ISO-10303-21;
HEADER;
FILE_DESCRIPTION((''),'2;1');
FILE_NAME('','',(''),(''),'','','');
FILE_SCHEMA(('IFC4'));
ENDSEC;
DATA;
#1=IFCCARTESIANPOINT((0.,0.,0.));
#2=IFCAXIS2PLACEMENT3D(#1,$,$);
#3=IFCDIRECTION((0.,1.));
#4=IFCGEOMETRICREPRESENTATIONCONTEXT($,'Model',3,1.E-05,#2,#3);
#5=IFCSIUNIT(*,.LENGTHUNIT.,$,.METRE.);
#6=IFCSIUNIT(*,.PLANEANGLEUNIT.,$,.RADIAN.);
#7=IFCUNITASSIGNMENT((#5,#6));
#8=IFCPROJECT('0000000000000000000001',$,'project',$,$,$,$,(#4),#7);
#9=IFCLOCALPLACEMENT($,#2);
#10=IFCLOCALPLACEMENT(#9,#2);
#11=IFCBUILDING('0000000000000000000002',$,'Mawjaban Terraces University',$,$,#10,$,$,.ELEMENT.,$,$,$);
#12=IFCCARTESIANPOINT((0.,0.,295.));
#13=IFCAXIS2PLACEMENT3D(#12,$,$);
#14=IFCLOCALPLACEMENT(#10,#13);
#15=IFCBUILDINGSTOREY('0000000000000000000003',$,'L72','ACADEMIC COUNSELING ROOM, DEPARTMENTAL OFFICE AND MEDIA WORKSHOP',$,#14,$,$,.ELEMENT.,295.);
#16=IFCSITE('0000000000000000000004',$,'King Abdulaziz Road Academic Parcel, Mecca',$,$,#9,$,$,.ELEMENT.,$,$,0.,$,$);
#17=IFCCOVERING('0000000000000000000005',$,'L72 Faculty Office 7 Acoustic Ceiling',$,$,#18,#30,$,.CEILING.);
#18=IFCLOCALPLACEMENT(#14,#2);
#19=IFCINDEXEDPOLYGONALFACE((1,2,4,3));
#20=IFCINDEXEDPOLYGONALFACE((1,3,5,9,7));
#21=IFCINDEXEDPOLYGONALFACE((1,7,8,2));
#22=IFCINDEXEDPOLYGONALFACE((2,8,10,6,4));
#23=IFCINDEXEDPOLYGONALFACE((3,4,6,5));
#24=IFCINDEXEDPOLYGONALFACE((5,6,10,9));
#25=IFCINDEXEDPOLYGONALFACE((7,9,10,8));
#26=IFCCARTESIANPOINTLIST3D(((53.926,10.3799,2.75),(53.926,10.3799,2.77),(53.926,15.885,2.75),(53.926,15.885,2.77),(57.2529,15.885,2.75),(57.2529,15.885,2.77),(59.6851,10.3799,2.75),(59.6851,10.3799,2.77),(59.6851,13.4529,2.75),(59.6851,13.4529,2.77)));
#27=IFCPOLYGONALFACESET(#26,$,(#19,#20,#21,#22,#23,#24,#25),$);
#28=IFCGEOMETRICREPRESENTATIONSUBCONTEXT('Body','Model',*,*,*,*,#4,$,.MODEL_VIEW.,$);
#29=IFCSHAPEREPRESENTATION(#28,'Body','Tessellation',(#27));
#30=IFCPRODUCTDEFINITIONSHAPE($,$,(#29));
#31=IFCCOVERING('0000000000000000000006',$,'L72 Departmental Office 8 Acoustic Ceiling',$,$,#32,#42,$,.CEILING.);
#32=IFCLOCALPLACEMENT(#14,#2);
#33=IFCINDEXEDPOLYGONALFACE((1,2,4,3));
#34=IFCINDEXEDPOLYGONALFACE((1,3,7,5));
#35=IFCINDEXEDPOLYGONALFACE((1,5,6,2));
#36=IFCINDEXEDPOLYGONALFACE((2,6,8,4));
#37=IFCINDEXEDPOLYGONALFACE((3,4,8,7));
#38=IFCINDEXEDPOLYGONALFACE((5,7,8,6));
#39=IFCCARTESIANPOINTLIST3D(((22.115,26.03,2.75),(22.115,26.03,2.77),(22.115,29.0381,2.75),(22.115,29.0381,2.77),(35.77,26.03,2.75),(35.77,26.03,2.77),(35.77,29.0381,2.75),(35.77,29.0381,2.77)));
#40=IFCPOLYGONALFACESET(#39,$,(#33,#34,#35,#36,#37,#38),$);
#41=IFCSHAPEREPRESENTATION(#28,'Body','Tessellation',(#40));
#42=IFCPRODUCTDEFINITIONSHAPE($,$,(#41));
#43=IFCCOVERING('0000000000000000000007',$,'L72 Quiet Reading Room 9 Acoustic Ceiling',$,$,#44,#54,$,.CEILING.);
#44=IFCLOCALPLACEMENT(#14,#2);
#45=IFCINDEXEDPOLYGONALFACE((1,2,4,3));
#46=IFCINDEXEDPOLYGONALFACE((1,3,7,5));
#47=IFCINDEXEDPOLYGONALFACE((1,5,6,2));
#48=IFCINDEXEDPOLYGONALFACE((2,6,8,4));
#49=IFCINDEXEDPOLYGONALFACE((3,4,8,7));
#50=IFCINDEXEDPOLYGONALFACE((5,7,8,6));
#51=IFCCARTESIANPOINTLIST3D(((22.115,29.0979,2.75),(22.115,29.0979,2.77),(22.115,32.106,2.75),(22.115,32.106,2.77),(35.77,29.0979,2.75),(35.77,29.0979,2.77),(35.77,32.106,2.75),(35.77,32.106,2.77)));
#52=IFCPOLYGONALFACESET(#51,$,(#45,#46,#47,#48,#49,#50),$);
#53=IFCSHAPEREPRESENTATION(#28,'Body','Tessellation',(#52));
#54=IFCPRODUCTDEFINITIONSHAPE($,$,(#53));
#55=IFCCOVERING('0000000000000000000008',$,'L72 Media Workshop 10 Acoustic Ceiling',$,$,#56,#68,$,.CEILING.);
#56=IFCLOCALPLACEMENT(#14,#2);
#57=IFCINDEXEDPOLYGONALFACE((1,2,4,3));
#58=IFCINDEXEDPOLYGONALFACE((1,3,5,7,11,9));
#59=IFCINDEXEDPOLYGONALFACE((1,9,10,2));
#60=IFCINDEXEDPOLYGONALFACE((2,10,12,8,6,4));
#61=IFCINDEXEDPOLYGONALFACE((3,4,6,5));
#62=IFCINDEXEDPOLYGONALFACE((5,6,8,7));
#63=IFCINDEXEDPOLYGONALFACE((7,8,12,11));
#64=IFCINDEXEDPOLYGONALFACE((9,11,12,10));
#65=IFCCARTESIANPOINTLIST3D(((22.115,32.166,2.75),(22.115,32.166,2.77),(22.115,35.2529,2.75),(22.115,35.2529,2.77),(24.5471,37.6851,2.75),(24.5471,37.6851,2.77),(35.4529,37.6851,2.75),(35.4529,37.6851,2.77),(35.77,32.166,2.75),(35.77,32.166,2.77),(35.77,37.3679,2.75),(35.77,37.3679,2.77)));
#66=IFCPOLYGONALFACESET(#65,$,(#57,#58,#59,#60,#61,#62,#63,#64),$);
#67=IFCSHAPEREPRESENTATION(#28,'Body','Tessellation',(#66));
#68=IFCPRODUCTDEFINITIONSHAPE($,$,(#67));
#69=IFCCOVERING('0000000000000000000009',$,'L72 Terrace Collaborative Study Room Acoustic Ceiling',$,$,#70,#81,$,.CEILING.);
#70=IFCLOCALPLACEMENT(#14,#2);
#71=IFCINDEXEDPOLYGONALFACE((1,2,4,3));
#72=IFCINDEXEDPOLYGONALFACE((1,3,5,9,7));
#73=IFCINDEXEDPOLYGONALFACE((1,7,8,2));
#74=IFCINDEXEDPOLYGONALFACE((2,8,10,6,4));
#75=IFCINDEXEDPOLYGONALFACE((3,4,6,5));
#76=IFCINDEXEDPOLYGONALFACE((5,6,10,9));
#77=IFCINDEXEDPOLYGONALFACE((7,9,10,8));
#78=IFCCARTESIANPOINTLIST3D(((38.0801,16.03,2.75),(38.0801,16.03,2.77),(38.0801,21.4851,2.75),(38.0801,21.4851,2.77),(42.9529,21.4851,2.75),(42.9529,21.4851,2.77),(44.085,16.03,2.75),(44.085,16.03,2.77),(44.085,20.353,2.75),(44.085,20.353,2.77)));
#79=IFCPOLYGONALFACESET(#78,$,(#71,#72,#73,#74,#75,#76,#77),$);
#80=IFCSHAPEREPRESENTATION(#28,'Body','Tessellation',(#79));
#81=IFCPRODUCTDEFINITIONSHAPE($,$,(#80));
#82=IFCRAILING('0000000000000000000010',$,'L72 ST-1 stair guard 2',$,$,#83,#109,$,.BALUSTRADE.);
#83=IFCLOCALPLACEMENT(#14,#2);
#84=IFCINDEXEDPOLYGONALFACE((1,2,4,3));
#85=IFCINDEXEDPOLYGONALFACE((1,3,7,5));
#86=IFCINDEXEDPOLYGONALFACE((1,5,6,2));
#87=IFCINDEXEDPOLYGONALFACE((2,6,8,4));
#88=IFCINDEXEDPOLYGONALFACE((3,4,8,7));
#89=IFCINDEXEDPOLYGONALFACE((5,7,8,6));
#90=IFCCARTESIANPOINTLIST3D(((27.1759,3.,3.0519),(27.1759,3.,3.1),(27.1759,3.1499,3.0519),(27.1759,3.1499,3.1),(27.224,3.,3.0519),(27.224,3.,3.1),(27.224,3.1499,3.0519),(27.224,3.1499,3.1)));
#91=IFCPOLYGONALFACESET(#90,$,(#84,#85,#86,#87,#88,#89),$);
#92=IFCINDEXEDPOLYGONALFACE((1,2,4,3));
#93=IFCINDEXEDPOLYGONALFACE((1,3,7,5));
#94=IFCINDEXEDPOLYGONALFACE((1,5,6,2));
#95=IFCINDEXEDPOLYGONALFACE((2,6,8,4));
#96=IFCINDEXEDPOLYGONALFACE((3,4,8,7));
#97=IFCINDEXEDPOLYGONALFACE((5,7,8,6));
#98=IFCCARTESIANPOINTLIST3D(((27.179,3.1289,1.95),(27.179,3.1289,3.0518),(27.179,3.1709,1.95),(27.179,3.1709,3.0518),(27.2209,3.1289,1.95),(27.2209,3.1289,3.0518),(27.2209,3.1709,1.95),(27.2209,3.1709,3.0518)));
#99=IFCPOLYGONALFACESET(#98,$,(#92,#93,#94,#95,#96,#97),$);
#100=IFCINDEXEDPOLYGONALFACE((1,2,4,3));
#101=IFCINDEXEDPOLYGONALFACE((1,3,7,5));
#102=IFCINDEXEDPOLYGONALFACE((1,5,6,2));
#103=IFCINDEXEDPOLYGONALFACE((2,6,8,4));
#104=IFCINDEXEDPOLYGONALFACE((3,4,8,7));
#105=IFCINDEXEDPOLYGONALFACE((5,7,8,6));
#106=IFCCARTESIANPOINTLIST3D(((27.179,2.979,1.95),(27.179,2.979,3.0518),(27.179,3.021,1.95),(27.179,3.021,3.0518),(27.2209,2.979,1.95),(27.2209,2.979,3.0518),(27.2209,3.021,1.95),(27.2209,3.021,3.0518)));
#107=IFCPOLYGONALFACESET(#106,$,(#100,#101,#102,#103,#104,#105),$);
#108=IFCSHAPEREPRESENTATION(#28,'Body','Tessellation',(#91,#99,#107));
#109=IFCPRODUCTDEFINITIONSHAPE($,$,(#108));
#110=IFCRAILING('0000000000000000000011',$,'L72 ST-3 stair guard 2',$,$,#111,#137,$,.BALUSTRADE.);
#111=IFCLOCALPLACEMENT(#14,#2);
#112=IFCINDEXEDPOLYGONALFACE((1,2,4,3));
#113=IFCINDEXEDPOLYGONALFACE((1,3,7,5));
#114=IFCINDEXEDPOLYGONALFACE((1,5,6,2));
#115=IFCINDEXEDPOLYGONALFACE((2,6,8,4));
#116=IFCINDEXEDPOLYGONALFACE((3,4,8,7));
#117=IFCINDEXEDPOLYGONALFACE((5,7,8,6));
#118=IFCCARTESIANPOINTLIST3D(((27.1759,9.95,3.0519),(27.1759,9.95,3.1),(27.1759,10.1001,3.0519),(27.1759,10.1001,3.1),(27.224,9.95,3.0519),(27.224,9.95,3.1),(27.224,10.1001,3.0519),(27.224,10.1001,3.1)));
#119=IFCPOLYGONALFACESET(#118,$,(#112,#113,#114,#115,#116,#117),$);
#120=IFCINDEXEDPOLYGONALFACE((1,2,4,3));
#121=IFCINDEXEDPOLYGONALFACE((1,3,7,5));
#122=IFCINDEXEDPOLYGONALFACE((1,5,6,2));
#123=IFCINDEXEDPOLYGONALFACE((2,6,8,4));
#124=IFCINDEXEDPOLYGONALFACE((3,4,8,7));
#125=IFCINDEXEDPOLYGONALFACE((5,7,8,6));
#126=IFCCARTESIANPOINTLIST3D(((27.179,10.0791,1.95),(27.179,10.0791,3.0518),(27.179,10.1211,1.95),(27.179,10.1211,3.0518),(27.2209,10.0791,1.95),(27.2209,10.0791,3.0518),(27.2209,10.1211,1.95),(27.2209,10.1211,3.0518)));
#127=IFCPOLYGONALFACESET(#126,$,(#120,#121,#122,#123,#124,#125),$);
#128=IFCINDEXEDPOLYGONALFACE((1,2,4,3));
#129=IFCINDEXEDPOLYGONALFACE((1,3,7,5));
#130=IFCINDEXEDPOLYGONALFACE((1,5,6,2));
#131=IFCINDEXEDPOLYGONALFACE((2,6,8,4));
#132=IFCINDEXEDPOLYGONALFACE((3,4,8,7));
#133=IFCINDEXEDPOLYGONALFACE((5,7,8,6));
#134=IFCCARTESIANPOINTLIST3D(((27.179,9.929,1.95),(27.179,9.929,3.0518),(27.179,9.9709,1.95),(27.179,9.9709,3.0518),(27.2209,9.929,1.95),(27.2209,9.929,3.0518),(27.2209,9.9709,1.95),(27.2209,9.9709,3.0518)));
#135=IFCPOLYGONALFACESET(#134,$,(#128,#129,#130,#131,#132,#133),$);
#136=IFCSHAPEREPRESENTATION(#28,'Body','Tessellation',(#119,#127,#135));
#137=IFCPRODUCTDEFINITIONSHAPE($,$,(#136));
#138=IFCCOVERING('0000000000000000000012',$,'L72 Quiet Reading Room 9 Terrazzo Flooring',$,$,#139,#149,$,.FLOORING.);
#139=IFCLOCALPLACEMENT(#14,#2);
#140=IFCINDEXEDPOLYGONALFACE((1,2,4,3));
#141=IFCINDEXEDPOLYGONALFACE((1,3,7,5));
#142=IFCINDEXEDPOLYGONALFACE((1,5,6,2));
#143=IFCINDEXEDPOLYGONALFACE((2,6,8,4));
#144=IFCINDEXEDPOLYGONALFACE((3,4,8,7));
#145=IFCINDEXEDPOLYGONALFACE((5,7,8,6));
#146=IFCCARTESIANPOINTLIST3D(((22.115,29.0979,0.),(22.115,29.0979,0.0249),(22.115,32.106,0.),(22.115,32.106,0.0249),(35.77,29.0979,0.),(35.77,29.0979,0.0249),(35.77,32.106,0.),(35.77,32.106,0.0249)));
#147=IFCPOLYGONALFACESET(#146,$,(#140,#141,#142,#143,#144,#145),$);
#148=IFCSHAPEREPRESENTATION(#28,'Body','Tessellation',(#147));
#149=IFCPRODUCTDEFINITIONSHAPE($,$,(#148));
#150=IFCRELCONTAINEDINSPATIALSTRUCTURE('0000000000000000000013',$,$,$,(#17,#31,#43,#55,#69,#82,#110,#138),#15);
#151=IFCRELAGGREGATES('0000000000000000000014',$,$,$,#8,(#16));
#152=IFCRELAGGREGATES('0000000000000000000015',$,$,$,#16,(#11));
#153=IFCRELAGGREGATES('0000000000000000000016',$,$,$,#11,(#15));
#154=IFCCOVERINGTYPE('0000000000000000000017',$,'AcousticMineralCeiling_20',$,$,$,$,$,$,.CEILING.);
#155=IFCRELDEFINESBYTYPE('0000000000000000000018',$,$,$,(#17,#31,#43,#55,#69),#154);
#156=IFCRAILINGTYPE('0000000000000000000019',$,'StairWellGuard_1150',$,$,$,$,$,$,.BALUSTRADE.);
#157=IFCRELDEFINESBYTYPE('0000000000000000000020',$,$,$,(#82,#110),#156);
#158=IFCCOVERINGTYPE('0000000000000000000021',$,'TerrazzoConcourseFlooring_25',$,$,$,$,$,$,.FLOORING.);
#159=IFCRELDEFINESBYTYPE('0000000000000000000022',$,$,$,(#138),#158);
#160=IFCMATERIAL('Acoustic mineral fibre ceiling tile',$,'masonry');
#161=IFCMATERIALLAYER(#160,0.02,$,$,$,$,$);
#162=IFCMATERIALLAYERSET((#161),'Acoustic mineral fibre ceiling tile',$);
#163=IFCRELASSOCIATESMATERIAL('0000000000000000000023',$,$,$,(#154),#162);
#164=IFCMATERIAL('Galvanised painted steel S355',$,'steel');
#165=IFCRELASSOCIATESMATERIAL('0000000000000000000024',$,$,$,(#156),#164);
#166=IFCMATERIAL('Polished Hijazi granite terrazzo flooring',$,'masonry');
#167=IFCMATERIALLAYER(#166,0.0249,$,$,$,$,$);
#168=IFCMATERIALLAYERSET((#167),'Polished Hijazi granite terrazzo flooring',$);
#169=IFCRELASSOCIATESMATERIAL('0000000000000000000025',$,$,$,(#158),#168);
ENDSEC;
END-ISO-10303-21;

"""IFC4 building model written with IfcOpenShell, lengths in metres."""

from ifc_helpers import new_model, si_unit, direction, frame, origin, origin_2d, place, context, subcontext, project, spatial, polyline, rectangle, outline, extrude, material, layer, layer_set, type_object, element, save


model = new_model("IFC4")

# Units and contexts
model_context = context("Model", 3, precision=1e-05, world=origin(), true_north=direction((0.0, 1.0)))
body_context = subcontext(model_context, "Body", "Model", "MODEL_VIEW")
ifc_project = project(units=[si_unit("LENGTHUNIT", "METRE"), si_unit("PLANEANGLEUNIT", "RADIAN")], contexts=[model_context])

# Site, building, storey
site_placement = place(None, origin())
site = spatial("IfcSite", under=ifc_project, at=site_placement, Name="King Abdulaziz Road Academic Parcel, Mecca", CompositionType="ELEMENT", RefElevation=0.0)
building_placement = place(site_placement, origin())
building = spatial("IfcBuilding", under=site, at=building_placement, Name="Mawjaban Terraces University", CompositionType="ELEMENT")
storey_placement = place(building_placement, frame((0.0, 0.0, 295.0)))
storey = spatial("IfcBuildingStorey", under=building, at=storey_placement, Name="L72", Description="ACADEMIC COUNSELING ROOM, DEPARTMENTAL OFFICE AND MEDIA WORKSHOP", CompositionType="ELEMENT", Elevation=295.0)

# Coverings
ifc_material_1 = material(Name="Acoustic mineral fibre ceiling tile", Category="masonry")
ifc_layer_1 = layer(ifc_material_1, 0.02)
ifc_layer_set_1 = layer_set([ifc_layer_1], Name="Acoustic mineral fibre ceiling tile")
covering_type_1 = type_object("IfcCoveringType", Name="AcousticMineralCeiling_20", PredefinedType="CEILING", material=ifc_layer_set_1)
covering_1_placement = place(storey_placement, frame((0.0, 0.0, 2.75)))
element("IfcCovering", 1, at=covering_1_placement, inside=storey, type_object=covering_type_1, Name="L72 Faculty Office 7 Acoustic Ceiling", PredefinedType="CEILING", context=body_context, shape_type="SweptSolid", body=[
    extrude(outline(polyline([(59.6851, 10.3799), (59.6851, 13.4529), (57.2529, 15.885), (53.926, 15.885), (53.926, 10.3799), (59.6851, 10.3799)])), origin(), (0.0, 0.0, 1.0), 0.02),
])
covering_2_placement = place(storey_placement, frame((0.0, 0.0, 2.75)))
element("IfcCovering", 2, at=covering_2_placement, inside=storey, type_object=covering_type_1, Name="L72 Departmental Office 8 Acoustic Ceiling", PredefinedType="CEILING", context=body_context, shape_type="SweptSolid", body=[
    extrude(outline(polyline([(22.115, 29.0381), (22.115, 26.03), (35.77, 26.03), (35.77, 29.0381), (22.115, 29.0381)])), origin(), (0.0, 0.0, 1.0), 0.02),
])
covering_3_placement = place(storey_placement, frame((0.0, 0.0, 2.75)))
element("IfcCovering", 3, at=covering_3_placement, inside=storey, type_object=covering_type_1, Name="L72 Quiet Reading Room 9 Acoustic Ceiling", PredefinedType="CEILING", context=body_context, shape_type="SweptSolid", body=[
    extrude(outline(polyline([(22.115, 32.106), (22.115, 29.0979), (35.77, 29.0979), (35.77, 32.106), (22.115, 32.106)])), origin(), (0.0, 0.0, 1.0), 0.02),
])
covering_4_placement = place(storey_placement, frame((0.0, 0.0, 2.75)))
element("IfcCovering", 4, at=covering_4_placement, inside=storey, type_object=covering_type_1, Name="L72 Media Workshop 10 Acoustic Ceiling", PredefinedType="CEILING", context=body_context, shape_type="SweptSolid", body=[
    extrude(outline(polyline([(35.77, 37.3679), (35.4529, 37.6851), (24.5471, 37.6851), (22.115, 35.2529), (22.115, 32.166), (35.77, 32.166), (35.77, 37.3679)])), origin(), (0.0, 0.0, 1.0), 0.02),
])
covering_5_placement = place(storey_placement, frame((0.0, 0.0, 2.75)))
element("IfcCovering", 5, at=covering_5_placement, inside=storey, type_object=covering_type_1, Name="L72 Terrace Collaborative Study Room Acoustic Ceiling", PredefinedType="CEILING", context=body_context, shape_type="SweptSolid", body=[
    extrude(outline(polyline([(44.085, 16.03), (44.085, 20.353), (42.9529, 21.4851), (38.0801, 21.4851), (38.0801, 16.03), (44.085, 16.03)])), origin(), (0.0, 0.0, 1.0), 0.02),
])

# Railings
ifc_material_2 = material(Name="Galvanised painted steel S355", Category="steel")
railing_type = type_object("IfcRailingType", Name="StairWellGuard_1150", PredefinedType="BALUSTRADE", material=ifc_material_2)
railing_1_placement = place(storey_placement, frame((27.2, 3.1499, 1.95)))
element("IfcRailing", 6, at=railing_1_placement, inside=storey, type_object=railing_type, Name="L72 ST-1 stair guard 2", PredefinedType="BALUSTRADE", context=body_context, shape_type="SweptSolid", body=[
    extrude(rectangle(XDim=0.0481, YDim=0.0481, at=origin_2d()), frame((0.0, 0.0, 1.126), z_axis=(0.0, -1.0, 0.0), x_axis=(1.0, 0.0, 0.0)), (0.0, 0.0, 1.0), 0.1499),
    extrude(rectangle(XDim=0.042, YDim=0.042, at=origin_2d()), origin(), (0.0, 0.0, 1.0), 1.1018),
    extrude(rectangle(XDim=0.042, YDim=0.042, at=origin_2d()), frame((0.0, -0.1499, 0.0)), (0.0, 0.0, 1.0), 1.1018),
])
railing_2_placement = place(storey_placement, frame((27.2, 10.1001, 1.95)))
element("IfcRailing", 7, at=railing_2_placement, inside=storey, type_object=railing_type, Name="L72 ST-3 stair guard 2", PredefinedType="BALUSTRADE", context=body_context, shape_type="SweptSolid", body=[
    extrude(rectangle(XDim=0.0481, YDim=0.0481, at=origin_2d()), frame((0.0, 0.0, 1.126), z_axis=(0.0, -1.0, 0.0), x_axis=(1.0, 0.0, 0.0)), (0.0, 0.0, 1.0), 0.1501),
    extrude(rectangle(XDim=0.042, YDim=0.042, at=origin_2d()), origin(), (0.0, 0.0, 1.0), 1.1018),
    extrude(rectangle(XDim=0.042, YDim=0.042, at=origin_2d()), frame((0.0, -0.1501, 0.0)), (0.0, 0.0, 1.0), 1.1018),
])

# Covering
ifc_material_3 = material(Name="Polished Hijazi granite terrazzo flooring", Category="masonry")
ifc_layer_2 = layer(ifc_material_3, 0.0249)
ifc_layer_set_2 = layer_set([ifc_layer_2], Name="Polished Hijazi granite terrazzo flooring")
covering_type_2 = type_object("IfcCoveringType", Name="TerrazzoConcourseFlooring_25", PredefinedType="FLOORING", material=ifc_layer_set_2)
covering_6_placement = place(storey_placement, origin())
element("IfcCovering", 8, at=covering_6_placement, inside=storey, type_object=covering_type_2, Name="L72 Quiet Reading Room 9 Terrazzo Flooring", PredefinedType="FLOORING", context=body_context, shape_type="SweptSolid", body=[
    extrude(outline(polyline([(22.115, 32.106), (22.115, 29.0979), (35.77, 29.0979), (35.77, 32.106), (22.115, 32.106)])), origin(), (0.0, 0.0, 1.0), 0.0249),
])

save(model, "model.ifc")
